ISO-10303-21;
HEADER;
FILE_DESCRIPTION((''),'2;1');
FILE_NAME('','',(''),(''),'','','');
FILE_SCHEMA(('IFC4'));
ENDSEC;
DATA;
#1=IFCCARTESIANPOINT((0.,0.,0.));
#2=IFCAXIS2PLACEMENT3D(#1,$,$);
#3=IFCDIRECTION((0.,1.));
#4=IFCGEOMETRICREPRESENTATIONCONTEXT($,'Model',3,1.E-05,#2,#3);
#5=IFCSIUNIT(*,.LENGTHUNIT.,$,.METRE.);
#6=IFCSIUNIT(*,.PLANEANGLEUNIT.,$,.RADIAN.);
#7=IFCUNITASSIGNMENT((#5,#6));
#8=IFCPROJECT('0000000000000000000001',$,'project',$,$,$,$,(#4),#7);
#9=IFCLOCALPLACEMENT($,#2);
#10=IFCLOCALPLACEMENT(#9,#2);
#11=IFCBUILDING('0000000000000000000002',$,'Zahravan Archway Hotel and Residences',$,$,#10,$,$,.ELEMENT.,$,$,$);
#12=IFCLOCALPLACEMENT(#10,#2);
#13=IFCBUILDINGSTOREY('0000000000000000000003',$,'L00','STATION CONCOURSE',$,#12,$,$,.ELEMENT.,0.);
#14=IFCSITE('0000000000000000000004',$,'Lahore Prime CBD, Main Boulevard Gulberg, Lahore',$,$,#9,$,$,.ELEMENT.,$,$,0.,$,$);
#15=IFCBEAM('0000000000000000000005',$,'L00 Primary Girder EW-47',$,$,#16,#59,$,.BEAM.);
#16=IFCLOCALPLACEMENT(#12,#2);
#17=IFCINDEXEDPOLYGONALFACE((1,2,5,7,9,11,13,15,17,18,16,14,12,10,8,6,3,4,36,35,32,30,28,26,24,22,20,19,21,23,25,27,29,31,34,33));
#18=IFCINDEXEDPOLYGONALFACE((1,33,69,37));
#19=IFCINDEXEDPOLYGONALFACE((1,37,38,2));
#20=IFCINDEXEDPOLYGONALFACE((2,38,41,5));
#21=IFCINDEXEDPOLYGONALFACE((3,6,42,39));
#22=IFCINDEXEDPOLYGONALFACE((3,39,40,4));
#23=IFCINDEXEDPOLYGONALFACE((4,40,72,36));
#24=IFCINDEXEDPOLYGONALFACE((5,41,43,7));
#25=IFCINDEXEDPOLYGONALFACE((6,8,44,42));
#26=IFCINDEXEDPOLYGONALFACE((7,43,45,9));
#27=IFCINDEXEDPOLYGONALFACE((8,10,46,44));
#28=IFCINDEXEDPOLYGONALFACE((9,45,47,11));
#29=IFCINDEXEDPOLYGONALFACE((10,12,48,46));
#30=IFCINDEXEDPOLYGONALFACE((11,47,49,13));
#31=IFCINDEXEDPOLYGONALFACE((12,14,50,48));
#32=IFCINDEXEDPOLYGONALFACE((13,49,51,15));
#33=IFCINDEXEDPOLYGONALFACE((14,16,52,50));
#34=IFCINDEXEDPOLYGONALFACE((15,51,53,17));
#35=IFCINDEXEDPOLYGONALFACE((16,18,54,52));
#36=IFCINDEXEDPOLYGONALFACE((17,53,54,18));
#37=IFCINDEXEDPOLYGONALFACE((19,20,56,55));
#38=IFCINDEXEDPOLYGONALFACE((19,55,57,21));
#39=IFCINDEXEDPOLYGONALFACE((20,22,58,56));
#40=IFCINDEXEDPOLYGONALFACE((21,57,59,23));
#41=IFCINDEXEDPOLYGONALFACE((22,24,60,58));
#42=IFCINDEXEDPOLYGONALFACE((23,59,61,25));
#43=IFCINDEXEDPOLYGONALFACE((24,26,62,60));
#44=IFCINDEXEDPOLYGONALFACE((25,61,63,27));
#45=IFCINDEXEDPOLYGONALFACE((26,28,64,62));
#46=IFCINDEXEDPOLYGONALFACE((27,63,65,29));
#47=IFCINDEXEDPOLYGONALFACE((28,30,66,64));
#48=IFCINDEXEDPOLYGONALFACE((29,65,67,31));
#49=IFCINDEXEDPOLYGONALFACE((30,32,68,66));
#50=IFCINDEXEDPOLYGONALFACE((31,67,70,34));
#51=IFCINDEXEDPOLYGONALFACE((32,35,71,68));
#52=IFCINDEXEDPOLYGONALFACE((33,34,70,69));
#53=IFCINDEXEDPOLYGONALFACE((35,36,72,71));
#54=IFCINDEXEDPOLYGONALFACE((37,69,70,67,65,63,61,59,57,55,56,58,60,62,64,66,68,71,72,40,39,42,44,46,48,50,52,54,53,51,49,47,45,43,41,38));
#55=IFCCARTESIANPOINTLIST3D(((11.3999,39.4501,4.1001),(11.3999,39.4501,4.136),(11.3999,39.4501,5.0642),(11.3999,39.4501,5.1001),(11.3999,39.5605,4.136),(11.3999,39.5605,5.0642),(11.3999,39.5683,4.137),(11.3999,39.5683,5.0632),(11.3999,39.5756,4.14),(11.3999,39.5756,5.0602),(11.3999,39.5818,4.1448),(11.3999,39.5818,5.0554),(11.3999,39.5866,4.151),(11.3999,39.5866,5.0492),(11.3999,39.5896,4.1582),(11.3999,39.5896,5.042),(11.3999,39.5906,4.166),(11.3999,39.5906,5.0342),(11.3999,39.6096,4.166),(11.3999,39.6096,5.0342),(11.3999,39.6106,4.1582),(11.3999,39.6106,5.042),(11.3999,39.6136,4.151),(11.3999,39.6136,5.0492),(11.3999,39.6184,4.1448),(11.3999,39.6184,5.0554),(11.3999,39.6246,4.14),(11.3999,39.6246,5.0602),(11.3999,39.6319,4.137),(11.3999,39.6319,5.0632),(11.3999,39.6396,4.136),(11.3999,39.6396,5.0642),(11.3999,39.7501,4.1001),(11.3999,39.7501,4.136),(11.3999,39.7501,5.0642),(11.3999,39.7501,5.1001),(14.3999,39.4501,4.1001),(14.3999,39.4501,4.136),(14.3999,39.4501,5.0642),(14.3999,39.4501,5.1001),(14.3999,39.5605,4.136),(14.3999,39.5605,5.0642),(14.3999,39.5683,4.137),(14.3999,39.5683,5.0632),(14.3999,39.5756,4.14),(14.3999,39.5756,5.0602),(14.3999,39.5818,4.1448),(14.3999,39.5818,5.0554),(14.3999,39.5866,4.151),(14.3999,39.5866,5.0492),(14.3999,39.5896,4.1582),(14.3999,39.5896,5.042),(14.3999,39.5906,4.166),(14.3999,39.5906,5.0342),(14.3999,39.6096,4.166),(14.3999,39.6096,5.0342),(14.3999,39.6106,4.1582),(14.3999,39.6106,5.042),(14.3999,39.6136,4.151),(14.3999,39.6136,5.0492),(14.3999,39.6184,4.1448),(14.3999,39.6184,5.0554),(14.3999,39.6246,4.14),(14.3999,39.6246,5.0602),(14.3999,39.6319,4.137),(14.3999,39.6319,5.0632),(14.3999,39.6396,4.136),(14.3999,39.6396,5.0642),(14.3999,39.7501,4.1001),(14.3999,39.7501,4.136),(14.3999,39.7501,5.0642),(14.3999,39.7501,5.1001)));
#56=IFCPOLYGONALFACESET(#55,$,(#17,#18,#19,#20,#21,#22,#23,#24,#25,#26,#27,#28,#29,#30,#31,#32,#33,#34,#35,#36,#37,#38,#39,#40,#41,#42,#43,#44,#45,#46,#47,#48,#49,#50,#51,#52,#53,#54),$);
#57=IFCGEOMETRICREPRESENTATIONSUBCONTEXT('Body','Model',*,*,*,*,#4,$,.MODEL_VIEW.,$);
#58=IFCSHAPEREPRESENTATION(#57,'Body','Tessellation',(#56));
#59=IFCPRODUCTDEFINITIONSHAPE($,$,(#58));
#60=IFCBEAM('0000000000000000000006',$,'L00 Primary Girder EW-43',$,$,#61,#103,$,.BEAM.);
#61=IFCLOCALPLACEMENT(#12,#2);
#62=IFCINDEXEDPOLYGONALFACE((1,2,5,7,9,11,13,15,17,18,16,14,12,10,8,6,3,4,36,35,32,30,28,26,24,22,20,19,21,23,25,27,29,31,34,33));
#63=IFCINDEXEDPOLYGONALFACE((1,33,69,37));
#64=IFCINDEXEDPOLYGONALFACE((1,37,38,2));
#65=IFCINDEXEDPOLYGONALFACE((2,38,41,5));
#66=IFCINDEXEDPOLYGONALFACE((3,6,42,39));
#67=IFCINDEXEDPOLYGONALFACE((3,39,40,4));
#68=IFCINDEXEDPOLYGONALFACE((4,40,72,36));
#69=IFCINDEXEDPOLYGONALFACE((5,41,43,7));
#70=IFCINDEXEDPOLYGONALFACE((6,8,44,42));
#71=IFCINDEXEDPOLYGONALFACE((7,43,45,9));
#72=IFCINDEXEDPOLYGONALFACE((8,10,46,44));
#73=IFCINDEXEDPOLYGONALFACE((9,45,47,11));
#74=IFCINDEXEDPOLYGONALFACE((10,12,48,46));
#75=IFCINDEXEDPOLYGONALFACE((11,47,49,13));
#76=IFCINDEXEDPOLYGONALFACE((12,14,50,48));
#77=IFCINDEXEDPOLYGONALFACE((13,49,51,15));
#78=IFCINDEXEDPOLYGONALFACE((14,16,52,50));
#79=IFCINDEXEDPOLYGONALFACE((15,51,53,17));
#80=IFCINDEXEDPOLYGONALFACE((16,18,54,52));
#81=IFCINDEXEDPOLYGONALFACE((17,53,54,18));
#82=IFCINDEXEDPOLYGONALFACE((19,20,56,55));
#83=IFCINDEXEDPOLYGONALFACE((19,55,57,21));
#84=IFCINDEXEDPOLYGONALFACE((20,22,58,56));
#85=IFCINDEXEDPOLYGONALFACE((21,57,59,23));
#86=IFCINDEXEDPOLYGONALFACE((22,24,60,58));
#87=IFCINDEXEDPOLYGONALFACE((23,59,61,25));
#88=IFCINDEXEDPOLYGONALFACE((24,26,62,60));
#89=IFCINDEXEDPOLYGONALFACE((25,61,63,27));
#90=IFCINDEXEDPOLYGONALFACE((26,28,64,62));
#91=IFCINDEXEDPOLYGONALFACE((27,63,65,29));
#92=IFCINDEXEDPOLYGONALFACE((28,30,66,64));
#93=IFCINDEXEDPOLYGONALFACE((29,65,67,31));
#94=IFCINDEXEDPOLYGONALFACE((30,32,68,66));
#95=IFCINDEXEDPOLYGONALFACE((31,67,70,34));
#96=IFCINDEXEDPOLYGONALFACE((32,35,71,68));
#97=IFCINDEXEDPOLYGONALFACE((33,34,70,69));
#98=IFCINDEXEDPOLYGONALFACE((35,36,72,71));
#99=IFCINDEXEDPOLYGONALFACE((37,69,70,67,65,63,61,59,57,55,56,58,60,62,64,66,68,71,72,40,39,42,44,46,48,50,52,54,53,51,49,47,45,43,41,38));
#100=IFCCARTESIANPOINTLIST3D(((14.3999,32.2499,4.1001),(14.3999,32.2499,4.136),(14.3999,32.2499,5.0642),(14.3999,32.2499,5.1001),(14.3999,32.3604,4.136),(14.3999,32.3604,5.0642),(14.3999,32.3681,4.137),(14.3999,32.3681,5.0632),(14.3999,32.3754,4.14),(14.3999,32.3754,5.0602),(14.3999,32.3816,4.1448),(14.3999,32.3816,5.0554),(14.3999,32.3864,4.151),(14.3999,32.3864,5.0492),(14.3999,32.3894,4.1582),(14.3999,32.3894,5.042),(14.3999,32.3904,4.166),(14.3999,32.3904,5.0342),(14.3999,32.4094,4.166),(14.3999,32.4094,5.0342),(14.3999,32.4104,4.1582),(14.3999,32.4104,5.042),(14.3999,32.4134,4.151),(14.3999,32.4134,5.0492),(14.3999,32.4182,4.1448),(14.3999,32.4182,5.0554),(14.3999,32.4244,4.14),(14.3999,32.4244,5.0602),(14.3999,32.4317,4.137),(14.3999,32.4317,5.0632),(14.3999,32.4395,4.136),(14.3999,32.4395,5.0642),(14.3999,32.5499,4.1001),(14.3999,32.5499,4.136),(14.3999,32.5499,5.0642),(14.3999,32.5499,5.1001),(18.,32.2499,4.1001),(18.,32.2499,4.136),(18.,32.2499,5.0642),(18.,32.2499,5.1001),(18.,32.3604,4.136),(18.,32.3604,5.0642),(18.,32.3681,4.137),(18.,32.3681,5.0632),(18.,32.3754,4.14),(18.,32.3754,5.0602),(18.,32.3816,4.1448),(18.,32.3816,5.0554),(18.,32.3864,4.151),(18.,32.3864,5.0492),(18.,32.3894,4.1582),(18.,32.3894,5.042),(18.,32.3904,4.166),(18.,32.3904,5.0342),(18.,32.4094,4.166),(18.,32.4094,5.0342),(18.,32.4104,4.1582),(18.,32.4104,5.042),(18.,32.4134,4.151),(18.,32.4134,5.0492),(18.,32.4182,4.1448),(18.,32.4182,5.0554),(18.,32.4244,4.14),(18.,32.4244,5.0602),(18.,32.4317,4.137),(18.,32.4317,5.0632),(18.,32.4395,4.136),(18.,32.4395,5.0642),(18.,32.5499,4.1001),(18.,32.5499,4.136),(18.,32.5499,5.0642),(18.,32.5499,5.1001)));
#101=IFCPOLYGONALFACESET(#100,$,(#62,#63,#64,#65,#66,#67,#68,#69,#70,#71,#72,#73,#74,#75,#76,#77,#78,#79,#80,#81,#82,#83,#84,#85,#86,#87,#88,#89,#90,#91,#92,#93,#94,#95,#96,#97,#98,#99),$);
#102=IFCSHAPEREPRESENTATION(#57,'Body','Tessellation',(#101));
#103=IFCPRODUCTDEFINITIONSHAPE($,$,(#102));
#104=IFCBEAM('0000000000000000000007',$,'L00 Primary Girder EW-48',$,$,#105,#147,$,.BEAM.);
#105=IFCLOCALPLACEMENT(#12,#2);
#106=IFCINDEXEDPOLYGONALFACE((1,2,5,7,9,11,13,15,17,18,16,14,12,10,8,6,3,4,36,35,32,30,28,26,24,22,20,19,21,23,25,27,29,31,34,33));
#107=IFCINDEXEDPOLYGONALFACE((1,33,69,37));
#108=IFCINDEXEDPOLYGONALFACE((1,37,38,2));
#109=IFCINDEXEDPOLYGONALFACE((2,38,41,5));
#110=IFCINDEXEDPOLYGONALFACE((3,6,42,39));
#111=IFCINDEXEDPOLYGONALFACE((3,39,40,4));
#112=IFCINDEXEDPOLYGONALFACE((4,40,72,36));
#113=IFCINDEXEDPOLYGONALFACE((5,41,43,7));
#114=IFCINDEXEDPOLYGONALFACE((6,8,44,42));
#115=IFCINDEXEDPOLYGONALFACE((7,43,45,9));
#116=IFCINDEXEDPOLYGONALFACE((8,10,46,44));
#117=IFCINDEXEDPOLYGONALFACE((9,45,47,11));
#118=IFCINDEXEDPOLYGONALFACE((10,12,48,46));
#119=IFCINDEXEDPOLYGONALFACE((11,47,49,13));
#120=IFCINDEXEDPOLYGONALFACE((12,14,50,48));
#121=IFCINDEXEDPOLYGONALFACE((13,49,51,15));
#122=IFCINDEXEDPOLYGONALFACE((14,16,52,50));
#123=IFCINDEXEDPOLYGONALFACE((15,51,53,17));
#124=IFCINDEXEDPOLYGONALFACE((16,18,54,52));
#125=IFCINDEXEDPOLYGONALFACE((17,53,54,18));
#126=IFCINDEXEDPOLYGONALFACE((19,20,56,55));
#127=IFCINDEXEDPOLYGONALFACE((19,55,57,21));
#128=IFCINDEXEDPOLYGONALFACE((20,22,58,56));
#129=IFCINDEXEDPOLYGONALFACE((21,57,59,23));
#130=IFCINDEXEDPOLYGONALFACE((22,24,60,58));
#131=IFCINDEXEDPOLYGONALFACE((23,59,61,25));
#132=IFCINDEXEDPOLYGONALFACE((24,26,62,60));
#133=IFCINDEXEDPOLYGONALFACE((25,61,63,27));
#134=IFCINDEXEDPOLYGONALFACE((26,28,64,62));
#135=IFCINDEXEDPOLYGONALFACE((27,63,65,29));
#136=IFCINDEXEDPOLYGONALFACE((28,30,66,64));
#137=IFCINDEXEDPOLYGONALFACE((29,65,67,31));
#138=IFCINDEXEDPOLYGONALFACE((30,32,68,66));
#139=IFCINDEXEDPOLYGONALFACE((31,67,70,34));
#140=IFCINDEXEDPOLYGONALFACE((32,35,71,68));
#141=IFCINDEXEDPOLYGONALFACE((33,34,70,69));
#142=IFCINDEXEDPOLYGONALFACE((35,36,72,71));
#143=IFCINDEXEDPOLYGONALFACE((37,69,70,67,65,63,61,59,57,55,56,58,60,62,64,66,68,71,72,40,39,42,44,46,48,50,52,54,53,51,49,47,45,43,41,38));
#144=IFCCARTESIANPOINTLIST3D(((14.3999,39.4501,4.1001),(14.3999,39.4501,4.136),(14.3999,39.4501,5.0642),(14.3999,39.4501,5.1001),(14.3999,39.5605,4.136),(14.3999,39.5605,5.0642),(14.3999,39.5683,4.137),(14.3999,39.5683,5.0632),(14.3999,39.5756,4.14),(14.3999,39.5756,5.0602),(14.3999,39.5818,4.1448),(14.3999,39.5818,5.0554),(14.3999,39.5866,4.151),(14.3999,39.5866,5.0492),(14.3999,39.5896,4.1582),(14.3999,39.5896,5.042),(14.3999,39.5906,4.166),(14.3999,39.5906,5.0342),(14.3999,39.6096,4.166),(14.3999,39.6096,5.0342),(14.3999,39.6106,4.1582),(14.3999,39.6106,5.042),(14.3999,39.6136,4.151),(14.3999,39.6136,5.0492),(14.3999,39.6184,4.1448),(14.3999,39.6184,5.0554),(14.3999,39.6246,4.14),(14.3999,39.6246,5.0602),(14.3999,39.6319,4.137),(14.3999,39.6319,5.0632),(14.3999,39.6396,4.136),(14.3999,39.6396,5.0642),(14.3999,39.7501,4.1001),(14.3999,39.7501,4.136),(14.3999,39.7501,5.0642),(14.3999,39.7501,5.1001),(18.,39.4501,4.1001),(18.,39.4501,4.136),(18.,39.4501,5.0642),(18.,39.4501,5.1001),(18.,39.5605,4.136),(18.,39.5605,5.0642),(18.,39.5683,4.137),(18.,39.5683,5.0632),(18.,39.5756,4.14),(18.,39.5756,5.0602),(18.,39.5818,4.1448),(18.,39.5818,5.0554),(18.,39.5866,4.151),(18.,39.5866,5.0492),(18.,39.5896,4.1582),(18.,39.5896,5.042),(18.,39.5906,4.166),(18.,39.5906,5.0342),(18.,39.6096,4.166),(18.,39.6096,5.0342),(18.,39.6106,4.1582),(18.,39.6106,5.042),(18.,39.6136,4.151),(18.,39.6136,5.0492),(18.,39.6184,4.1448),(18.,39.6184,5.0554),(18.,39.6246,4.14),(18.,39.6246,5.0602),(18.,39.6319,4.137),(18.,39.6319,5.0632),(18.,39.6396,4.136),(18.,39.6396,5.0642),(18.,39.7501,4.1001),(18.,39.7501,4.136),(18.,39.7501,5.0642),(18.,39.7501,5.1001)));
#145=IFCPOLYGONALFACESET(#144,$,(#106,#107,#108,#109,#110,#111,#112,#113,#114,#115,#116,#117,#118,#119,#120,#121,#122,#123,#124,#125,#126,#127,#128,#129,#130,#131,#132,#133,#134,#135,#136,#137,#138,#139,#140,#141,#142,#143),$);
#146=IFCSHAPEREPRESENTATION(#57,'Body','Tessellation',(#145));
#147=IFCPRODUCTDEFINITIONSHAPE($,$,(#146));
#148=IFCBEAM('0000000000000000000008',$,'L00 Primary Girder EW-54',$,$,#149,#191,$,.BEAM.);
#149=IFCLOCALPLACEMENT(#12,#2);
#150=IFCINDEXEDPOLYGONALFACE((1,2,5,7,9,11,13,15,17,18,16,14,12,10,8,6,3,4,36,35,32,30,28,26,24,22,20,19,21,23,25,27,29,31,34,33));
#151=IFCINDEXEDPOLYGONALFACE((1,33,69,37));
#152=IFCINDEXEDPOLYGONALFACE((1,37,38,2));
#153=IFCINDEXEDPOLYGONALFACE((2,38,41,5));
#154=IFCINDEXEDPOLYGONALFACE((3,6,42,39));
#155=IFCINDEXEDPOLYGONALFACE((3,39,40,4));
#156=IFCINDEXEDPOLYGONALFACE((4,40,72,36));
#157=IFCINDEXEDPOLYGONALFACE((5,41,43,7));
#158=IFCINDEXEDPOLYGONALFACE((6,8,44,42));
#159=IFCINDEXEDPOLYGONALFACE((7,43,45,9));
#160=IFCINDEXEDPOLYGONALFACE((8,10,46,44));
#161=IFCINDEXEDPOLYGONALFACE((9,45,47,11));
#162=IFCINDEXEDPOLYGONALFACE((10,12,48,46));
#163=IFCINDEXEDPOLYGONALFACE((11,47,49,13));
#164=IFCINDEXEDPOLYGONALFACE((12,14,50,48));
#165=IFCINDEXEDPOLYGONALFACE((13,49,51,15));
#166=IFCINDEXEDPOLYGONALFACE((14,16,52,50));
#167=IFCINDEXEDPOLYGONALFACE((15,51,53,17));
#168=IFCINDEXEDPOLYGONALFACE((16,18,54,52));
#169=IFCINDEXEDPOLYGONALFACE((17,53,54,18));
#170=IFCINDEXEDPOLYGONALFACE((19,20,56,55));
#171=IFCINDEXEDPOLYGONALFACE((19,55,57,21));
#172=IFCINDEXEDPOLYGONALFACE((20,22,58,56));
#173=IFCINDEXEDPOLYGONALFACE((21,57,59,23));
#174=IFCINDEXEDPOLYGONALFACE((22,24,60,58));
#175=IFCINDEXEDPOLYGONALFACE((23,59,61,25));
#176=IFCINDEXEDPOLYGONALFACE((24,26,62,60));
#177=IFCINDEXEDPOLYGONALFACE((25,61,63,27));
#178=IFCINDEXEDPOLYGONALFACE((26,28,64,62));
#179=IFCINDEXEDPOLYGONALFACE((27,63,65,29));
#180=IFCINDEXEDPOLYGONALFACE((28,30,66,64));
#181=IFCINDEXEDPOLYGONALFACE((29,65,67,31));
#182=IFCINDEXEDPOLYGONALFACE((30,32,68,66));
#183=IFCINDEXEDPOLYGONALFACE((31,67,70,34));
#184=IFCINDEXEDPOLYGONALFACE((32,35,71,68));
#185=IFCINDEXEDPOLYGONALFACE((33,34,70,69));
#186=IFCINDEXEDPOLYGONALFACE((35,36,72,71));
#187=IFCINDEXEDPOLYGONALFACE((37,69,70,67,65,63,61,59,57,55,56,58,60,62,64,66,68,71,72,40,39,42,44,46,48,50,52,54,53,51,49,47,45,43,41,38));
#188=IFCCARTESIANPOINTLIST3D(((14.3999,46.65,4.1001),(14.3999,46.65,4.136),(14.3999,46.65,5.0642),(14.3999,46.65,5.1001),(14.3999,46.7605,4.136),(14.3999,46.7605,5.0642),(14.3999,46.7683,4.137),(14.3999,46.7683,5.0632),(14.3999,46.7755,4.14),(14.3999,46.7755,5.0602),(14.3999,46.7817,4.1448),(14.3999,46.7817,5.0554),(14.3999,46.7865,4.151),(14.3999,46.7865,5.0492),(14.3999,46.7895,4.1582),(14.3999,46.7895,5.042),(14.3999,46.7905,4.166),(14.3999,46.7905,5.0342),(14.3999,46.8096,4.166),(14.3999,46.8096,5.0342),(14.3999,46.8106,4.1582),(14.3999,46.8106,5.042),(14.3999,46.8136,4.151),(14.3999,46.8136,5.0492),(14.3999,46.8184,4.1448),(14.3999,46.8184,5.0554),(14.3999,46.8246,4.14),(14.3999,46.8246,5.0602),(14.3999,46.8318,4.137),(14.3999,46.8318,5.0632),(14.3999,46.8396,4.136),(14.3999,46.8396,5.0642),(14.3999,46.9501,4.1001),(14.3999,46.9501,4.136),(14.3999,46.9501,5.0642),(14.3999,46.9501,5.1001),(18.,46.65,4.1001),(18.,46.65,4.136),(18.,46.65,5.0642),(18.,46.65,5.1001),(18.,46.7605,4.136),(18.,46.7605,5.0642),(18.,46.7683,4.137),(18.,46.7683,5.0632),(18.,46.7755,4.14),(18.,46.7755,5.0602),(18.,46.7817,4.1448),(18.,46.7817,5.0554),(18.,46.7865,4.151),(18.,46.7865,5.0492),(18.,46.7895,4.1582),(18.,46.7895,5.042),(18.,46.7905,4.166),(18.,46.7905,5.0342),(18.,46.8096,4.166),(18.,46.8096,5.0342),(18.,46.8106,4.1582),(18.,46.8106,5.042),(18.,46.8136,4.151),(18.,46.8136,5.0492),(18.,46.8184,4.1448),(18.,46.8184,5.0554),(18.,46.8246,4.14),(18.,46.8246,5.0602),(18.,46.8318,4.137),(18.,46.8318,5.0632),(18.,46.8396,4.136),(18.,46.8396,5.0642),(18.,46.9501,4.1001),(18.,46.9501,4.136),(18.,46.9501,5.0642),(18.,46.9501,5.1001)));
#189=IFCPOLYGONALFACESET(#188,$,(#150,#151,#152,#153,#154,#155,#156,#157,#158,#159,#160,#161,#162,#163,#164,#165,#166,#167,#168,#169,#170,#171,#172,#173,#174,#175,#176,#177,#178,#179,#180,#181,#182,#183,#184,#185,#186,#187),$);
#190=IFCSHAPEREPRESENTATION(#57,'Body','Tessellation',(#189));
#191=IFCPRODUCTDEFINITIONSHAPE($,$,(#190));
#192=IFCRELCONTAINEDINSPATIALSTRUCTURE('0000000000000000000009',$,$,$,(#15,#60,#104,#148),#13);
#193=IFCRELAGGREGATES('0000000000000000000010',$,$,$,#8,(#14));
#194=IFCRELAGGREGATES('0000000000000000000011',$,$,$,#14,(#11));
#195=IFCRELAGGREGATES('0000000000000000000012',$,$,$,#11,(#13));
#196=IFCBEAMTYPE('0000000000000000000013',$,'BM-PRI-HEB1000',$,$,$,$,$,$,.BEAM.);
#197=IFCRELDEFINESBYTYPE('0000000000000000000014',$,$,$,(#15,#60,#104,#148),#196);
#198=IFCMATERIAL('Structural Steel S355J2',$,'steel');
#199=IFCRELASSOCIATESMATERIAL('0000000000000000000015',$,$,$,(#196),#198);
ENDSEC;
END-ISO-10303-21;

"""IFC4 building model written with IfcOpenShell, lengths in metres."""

from ifc_helpers import new_model, si_unit, direction, frame, origin, origin_2d, place, context, subcontext, project, spatial, i_section, extrude, source, transform, mapped, material, material_profile, profile_set, type_object, element, save


model = new_model("IFC4")

# Units and contexts
model_context = context("Model", 3, precision=1e-05, world=origin(), true_north=direction((0.0, 1.0)))
body_context = subcontext(model_context, "Body", "Model", "MODEL_VIEW")
ifc_project = project(units=[si_unit("LENGTHUNIT", "METRE"), si_unit("PLANEANGLEUNIT", "RADIAN")], contexts=[model_context])

# Site, building, storey
site_placement = place(None, origin())
site = spatial("IfcSite", under=ifc_project, at=site_placement, Name="Lahore Prime CBD, Main Boulevard Gulberg, Lahore", CompositionType="ELEMENT", RefElevation=0.0)
building_placement = place(site_placement, origin())
building = spatial("IfcBuilding", under=site, at=building_placement, Name="Zahravan Archway Hotel and Residences", CompositionType="ELEMENT")
storey_placement = place(building_placement, origin())
storey = spatial("IfcBuildingStorey", under=building, at=storey_placement, Name="L00", Description="STATION CONCOURSE", CompositionType="ELEMENT", Elevation=0.0)

# Beams
ifc_material_1 = material(Name="Structural Steel S355J2", Category="steel")
ifc_material_profile_1 = material_profile(ifc_material_1, i_section(OverallWidth=0.3, OverallDepth=1.0, WebThickness=0.019, FlangeThickness=0.0359, FilletRadius=0.03, at=origin_2d()), Name="HEB 1000", Category="steel")
ifc_profile_set_1 = profile_set([ifc_material_profile_1], Name="Structural Steel S355J2")
beam_type_1 = type_object("IfcBeamType", Name="BM-PRI-HEB1000", PredefinedType="BEAM", material=ifc_profile_set_1)
shared_shape_1 = source(origin(), body_context, "Body", "SweptSolid", [
    extrude(i_section(OverallWidth=0.3, OverallDepth=1.0, WebThickness=0.019, FlangeThickness=0.0359, FilletRadius=0.03, at=origin_2d()), origin(), (0.0, 0.0, 1.0), 3.0),
])
for number, where, z_axis, x_axis, name in (
    (1, (11.3999, 39.6001, 4.6001), (1.0, 0.0, 0.0), (0.0, 1.0, 0.0), "L00 Primary Girder EW-47"),
):
    element("IfcBeam", number, at=place(storey_placement, frame(where, z_axis=z_axis, x_axis=x_axis)), inside=storey, type_object=beam_type_1, Name=name, PredefinedType="BEAM", context=body_context, shape_type="MappedRepresentation", body=[
        mapped(shared_shape_1, transform((0.0, 0.0, 0.0), scale=1.0)),
    ])
shared_shape_2 = source(origin(), body_context, "Body", "SweptSolid", [
    extrude(i_section(OverallWidth=0.3, OverallDepth=1.0, WebThickness=0.019, FlangeThickness=0.0359, FilletRadius=0.03, at=origin_2d()), origin(), (0.0, 0.0, 1.0), 3.6001),
])
for number, where, z_axis, x_axis, name in (
    (2, (14.3999, 32.3999, 4.6001), (1.0, 0.0, 0.0), (0.0, 1.0, 0.0), "L00 Primary Girder EW-43"),
    (3, (14.3999, 39.6001, 4.6001), (1.0, 0.0, 0.0), (0.0, 1.0, 0.0), "L00 Primary Girder EW-48"),
    (4, (14.3999, 46.8, 4.6001), (1.0, 0.0, 0.0), (0.0, 1.0, 0.0), "L00 Primary Girder EW-54"),
):
    element("IfcBeam", number, at=place(storey_placement, frame(where, z_axis=z_axis, x_axis=x_axis)), inside=storey, type_object=beam_type_1, Name=name, PredefinedType="BEAM", context=body_context, shape_type="MappedRepresentation", body=[
        mapped(shared_shape_2, transform((0.0, 0.0, 0.0), scale=1.0)),
    ])

save(model, "model.ifc")
